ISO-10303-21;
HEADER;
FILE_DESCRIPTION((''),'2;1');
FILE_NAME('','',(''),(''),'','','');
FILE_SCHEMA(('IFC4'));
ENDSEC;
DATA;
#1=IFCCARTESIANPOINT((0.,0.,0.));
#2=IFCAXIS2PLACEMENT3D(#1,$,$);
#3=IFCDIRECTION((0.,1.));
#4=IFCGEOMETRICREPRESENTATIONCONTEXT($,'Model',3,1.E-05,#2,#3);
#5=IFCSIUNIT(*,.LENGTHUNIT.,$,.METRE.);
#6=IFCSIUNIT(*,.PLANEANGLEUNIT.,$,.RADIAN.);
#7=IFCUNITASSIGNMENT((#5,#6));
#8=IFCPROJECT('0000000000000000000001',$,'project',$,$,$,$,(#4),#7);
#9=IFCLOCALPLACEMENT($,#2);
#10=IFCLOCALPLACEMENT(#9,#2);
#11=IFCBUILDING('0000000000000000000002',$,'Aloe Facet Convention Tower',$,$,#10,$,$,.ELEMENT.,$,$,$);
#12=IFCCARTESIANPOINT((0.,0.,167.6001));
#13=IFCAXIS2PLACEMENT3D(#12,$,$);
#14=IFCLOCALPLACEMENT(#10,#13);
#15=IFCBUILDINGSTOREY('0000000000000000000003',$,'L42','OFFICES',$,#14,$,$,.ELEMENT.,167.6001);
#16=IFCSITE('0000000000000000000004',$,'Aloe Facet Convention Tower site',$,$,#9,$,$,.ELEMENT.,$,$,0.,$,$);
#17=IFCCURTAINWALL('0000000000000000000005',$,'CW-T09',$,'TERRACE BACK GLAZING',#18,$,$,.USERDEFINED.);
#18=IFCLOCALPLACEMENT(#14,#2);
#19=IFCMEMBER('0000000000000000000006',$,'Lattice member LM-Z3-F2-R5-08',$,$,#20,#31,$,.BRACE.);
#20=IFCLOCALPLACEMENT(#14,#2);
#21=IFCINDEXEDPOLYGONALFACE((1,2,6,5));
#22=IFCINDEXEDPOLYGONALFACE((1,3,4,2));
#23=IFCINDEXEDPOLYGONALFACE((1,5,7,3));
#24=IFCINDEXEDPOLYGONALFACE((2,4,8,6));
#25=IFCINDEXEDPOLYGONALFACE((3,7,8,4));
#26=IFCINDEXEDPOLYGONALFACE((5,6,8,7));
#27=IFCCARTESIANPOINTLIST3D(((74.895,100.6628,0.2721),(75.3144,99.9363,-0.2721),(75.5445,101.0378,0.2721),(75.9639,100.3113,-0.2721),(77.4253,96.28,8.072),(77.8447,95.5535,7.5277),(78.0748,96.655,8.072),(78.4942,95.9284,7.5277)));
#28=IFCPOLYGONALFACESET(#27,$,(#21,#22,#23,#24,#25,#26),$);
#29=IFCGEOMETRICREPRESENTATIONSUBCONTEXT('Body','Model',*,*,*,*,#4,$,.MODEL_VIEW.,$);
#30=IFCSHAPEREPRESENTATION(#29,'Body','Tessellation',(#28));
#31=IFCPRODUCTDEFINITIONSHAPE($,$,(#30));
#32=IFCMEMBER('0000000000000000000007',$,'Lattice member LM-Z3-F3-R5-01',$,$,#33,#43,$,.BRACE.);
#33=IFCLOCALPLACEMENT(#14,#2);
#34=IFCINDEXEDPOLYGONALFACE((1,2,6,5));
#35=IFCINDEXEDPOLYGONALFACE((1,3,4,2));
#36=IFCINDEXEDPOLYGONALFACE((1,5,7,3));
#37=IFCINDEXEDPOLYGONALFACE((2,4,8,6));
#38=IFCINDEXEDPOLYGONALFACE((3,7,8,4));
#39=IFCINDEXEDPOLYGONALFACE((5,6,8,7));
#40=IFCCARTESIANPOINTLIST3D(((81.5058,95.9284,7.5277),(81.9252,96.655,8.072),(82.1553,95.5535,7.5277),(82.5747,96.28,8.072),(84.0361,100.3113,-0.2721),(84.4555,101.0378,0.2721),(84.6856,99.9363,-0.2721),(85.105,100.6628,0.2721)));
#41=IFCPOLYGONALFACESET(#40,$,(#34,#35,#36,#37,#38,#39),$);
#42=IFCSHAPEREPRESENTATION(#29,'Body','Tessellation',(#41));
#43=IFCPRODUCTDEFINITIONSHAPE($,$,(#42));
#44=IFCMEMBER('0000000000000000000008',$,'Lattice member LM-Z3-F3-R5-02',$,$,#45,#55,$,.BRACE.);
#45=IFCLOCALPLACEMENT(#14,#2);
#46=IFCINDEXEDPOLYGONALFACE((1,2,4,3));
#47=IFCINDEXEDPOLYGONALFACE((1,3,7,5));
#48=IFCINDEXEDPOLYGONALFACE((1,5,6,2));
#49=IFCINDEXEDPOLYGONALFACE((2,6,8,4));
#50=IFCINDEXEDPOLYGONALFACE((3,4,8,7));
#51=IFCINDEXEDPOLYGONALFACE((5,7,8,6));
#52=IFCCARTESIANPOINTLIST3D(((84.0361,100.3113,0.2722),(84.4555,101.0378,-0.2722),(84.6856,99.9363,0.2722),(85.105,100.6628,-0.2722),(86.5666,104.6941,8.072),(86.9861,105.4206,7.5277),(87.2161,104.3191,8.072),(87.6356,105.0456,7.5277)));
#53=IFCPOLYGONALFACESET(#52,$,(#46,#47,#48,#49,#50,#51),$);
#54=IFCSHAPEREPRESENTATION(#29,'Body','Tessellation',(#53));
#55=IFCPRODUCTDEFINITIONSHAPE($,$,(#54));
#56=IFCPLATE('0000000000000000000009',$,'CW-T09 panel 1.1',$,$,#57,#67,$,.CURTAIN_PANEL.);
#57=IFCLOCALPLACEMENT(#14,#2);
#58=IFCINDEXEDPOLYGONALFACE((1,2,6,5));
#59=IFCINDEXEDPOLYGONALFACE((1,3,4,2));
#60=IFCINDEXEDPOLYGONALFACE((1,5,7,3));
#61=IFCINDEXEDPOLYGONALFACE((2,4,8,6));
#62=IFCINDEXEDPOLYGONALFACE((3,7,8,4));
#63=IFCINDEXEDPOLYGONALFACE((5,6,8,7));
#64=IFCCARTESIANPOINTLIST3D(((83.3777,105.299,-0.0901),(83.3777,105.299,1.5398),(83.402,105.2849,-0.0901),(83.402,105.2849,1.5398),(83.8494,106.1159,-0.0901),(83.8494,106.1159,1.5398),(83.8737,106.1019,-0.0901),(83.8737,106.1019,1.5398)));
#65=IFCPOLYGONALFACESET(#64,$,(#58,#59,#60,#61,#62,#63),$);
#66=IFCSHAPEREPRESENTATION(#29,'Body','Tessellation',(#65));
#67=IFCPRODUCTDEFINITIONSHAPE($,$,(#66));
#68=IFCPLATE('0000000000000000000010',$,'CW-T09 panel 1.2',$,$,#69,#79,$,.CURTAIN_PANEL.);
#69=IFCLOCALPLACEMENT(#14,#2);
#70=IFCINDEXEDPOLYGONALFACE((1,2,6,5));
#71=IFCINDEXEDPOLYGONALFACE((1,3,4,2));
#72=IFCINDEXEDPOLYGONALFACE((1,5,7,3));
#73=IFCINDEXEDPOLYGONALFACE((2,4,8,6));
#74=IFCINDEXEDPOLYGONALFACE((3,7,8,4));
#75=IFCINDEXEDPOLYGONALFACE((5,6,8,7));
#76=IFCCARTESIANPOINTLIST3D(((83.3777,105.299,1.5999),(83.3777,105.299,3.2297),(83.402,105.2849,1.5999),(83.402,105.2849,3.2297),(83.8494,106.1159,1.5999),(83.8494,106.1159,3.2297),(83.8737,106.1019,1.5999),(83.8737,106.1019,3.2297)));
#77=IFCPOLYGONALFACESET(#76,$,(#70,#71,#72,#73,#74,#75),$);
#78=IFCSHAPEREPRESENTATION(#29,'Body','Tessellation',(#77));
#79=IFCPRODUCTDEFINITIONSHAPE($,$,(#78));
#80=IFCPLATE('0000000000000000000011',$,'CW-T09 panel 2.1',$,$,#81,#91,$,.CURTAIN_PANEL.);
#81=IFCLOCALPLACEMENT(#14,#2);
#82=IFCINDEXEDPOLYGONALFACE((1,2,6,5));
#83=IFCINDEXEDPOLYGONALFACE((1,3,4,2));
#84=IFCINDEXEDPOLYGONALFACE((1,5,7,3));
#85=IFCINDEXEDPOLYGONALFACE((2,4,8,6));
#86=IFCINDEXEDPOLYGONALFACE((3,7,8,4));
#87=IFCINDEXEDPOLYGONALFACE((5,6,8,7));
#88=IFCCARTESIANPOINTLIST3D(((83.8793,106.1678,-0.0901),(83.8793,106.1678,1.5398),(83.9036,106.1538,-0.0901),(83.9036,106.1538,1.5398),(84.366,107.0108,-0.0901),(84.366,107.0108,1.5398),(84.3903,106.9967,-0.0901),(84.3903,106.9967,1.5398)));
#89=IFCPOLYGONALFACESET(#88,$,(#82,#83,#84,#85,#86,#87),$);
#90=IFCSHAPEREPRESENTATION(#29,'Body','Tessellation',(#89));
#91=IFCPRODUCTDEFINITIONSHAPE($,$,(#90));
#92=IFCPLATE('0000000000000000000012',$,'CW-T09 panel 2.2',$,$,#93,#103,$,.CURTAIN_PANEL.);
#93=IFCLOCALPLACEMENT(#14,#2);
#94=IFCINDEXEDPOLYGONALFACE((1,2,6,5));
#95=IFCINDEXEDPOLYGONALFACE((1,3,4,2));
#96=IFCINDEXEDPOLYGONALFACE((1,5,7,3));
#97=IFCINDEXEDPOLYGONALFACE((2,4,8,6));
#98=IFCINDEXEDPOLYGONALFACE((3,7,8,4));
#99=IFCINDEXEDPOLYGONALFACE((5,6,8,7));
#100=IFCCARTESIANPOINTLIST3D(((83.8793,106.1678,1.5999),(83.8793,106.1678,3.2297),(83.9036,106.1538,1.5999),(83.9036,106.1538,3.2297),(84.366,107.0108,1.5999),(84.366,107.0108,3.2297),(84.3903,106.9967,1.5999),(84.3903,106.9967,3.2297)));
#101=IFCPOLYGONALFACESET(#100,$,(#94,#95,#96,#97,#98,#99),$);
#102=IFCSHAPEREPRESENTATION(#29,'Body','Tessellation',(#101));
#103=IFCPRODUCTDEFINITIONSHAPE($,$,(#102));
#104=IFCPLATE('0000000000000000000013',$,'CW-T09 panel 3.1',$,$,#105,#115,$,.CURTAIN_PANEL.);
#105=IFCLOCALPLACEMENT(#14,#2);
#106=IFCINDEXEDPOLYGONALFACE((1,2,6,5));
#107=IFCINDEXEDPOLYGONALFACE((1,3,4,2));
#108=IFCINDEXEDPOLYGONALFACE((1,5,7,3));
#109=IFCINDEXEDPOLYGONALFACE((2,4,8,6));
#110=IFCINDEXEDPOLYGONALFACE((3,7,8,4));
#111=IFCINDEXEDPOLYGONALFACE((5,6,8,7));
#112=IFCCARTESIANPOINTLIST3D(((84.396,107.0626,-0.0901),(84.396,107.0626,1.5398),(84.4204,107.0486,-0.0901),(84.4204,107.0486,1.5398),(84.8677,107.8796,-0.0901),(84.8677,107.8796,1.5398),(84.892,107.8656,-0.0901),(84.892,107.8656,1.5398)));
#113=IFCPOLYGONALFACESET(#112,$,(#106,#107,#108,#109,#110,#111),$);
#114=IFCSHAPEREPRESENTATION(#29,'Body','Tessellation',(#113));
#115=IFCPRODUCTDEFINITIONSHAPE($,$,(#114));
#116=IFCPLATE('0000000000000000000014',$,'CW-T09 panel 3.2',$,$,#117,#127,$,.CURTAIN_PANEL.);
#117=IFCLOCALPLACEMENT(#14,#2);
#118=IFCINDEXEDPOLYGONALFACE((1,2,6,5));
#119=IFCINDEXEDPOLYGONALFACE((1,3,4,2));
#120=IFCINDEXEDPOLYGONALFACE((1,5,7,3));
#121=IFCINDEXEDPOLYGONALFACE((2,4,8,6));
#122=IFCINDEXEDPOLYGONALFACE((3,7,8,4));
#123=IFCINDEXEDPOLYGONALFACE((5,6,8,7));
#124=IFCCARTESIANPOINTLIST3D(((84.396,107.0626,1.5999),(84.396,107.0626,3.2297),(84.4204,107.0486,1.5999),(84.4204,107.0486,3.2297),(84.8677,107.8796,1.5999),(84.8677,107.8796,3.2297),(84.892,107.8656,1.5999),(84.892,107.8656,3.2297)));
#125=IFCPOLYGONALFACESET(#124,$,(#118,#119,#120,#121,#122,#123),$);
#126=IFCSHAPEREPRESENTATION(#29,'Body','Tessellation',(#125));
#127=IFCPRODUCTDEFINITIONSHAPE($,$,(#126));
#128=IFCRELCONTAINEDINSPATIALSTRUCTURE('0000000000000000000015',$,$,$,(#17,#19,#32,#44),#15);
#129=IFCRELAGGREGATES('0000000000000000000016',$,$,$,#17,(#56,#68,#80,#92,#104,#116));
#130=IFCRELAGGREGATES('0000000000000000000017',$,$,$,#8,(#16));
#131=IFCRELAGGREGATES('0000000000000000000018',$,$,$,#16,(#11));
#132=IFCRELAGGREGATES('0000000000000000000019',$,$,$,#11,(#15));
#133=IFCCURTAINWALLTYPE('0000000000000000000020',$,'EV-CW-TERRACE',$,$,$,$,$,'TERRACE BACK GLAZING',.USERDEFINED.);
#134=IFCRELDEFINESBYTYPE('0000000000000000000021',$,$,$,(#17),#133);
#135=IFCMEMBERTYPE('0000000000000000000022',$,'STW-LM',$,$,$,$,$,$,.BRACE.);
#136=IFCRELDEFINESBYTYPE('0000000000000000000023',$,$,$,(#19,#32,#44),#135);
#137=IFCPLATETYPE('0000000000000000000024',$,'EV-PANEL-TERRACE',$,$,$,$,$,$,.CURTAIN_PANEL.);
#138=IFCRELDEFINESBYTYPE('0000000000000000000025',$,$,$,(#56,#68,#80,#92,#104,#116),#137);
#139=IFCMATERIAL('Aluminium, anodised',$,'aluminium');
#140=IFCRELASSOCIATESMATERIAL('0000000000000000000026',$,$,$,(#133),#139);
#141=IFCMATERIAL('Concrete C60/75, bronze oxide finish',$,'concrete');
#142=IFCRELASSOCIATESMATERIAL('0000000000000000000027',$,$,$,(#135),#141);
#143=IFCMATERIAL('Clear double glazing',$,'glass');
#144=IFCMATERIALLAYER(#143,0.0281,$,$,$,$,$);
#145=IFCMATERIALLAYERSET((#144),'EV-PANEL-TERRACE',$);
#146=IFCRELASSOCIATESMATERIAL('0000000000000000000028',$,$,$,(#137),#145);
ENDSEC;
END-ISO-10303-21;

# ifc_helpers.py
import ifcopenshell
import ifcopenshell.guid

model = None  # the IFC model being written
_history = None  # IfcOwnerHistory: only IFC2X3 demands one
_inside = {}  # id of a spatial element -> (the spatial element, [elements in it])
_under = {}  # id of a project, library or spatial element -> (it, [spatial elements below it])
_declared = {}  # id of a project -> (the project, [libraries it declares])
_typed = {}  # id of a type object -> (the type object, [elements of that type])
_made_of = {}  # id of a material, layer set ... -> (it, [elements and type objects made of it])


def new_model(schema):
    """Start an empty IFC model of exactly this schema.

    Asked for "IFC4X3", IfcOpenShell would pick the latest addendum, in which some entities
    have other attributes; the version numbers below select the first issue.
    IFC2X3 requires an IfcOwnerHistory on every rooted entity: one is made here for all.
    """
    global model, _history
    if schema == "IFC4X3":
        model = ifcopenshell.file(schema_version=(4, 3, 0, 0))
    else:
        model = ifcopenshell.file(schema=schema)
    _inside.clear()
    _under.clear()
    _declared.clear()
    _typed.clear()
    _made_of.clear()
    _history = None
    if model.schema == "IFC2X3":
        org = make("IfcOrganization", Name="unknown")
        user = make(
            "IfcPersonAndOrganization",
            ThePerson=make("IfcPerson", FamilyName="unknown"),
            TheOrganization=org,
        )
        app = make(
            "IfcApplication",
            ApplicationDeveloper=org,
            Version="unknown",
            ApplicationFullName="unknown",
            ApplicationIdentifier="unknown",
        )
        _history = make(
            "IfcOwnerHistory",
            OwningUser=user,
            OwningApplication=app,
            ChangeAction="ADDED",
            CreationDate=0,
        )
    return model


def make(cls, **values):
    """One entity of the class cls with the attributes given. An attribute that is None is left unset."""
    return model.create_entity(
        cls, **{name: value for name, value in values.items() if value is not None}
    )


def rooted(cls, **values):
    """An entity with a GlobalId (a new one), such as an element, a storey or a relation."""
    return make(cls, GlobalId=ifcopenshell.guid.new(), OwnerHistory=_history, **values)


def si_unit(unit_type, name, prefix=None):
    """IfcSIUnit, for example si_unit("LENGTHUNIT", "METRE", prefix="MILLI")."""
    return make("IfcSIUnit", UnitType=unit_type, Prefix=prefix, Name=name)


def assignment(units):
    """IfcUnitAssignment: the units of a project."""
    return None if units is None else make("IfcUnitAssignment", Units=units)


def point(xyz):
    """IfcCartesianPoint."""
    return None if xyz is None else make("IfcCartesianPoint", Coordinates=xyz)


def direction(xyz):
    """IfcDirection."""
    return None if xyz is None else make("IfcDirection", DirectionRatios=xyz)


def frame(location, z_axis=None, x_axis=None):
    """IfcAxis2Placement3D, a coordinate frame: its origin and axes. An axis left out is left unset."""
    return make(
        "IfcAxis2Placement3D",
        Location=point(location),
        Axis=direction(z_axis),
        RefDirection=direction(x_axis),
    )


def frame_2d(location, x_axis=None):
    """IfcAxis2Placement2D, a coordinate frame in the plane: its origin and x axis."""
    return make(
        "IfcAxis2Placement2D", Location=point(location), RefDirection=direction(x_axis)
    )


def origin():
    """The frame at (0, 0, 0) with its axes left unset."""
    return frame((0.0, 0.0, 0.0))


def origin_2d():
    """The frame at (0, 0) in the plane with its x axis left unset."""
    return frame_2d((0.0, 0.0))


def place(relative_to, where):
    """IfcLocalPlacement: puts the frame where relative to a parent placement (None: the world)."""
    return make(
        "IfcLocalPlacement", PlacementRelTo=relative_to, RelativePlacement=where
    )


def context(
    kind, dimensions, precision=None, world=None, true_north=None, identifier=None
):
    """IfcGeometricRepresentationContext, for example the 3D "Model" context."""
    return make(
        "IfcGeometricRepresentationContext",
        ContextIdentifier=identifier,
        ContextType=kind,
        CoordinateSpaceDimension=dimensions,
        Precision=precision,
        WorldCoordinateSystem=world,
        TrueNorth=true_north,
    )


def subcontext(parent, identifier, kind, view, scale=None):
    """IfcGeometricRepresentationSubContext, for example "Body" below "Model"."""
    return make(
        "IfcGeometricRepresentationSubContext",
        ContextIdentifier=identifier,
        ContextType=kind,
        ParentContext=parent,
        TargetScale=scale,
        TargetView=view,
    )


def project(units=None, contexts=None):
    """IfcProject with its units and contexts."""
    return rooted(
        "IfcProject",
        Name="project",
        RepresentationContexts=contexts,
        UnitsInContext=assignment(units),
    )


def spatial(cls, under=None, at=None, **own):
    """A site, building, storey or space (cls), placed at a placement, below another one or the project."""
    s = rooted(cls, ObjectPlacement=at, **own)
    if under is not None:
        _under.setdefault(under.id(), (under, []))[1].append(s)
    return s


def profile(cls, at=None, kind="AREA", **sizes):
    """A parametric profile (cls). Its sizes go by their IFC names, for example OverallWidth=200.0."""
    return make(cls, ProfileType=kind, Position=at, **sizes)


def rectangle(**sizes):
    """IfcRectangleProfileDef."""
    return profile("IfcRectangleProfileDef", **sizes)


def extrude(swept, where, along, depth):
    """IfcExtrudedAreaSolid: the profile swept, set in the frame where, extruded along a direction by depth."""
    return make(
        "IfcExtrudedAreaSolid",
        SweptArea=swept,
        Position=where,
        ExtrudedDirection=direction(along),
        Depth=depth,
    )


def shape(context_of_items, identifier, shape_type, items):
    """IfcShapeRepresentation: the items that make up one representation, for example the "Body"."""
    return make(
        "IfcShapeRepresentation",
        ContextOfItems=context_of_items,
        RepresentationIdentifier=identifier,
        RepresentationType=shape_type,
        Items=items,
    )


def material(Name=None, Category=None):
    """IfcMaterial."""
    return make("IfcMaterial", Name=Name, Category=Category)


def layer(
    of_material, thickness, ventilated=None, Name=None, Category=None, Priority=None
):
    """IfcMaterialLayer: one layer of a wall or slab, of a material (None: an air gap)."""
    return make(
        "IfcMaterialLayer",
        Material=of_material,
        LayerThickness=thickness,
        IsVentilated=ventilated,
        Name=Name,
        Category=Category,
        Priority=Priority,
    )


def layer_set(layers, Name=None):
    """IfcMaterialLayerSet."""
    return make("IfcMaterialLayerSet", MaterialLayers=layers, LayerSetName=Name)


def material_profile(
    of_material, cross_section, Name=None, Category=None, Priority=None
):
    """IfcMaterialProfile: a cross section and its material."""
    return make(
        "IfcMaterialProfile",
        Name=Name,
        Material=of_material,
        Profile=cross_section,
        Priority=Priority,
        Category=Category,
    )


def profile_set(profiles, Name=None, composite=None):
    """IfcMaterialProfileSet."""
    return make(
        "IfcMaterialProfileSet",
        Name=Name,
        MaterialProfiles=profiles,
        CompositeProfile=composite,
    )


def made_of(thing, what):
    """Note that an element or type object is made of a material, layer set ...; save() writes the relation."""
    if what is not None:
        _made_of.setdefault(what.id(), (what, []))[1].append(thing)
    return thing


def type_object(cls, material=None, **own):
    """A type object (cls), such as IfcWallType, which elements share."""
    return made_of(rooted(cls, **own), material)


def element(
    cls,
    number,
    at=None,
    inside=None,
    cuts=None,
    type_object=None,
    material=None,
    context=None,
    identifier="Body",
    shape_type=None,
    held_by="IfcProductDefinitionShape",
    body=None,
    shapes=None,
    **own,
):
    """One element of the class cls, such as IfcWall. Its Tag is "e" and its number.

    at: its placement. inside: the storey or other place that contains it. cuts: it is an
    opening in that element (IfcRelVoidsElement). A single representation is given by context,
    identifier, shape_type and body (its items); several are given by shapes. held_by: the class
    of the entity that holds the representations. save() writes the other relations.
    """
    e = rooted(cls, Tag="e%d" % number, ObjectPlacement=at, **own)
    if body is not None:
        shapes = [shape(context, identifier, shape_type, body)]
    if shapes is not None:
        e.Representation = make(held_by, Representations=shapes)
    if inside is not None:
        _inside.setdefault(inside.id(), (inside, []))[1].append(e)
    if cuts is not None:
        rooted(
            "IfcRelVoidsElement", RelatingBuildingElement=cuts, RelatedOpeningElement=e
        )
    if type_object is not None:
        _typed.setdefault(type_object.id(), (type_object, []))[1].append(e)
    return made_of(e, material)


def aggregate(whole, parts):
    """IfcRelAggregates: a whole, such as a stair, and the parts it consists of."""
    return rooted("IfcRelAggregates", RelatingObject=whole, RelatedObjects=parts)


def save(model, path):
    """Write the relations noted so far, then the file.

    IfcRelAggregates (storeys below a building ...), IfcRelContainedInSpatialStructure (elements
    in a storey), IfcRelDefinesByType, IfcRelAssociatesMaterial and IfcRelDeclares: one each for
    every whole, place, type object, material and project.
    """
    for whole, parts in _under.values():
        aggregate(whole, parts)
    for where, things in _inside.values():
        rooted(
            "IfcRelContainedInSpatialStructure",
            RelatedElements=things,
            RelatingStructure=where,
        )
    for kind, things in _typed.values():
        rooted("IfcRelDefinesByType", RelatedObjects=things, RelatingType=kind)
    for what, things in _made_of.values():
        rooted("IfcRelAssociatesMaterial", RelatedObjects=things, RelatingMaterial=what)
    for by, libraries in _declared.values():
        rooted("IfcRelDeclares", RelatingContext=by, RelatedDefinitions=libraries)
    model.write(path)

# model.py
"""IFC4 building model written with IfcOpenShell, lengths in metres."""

from ifc_helpers import new_model, si_unit, direction, frame, origin, origin_2d, place, context, subcontext, project, spatial, rectangle, extrude, material, layer, layer_set, material_profile, profile_set, type_object, element, aggregate, save


model = new_model("IFC4")

# Units and contexts
model_context = context("Model", 3, precision=1e-05, world=origin(), true_north=direction((0.0, 1.0)))
body_context = subcontext(model_context, "Body", "Model", "MODEL_VIEW")
ifc_project = project(units=[si_unit("LENGTHUNIT", "METRE"), si_unit("PLANEANGLEUNIT", "RADIAN")], contexts=[model_context])

# Site, building, storey
site_placement = place(None, origin())
site = spatial("IfcSite", under=ifc_project, at=site_placement, Name="Aloe Facet Convention Tower site", CompositionType="ELEMENT", RefElevation=0.0)
building_placement = place(site_placement, origin())
building = spatial("IfcBuilding", under=site, at=building_placement, Name="Aloe Facet Convention Tower", CompositionType="ELEMENT")
storey_placement = place(building_placement, frame((0.0, 0.0, 167.6001)))
storey = spatial("IfcBuildingStorey", under=building, at=storey_placement, Name="L42", Description="OFFICES", CompositionType="ELEMENT", Elevation=167.6001)

# Curtain wall
ifc_material_1 = material(Name="Aluminium, anodised", Category="aluminium")
curtain_wall_type = type_object("IfcCurtainWallType", Name="EV-CW-TERRACE", ElementType="TERRACE BACK GLAZING", PredefinedType="USERDEFINED", material=ifc_material_1)
curtain_wall_placement = place(storey_placement, origin())
curtain_wall = element("IfcCurtainWall", 1, at=curtain_wall_placement, inside=storey, type_object=curtain_wall_type, Name="CW-T09", ObjectType="TERRACE BACK GLAZING", PredefinedType="USERDEFINED")

# Members
ifc_material_2 = material(Name="Concrete C60/75, bronze oxide finish", Category="concrete")
ifc_material_profile_1 = material_profile(ifc_material_2, rectangle(XDim=0.75, YDim=1.0, at=origin_2d()), Name="STW-LM")
ifc_profile_set_1 = profile_set([ifc_material_profile_1], Name="Concrete C60/75, bronze oxide finish")
member_type_1 = type_object("IfcMemberType", Name="STW-LM", PredefinedType="BRACE", material=ifc_profile_set_1)
for number, where, z_axis, x_axis, name in (
    (2, (75.4294, 100.4871, 0.0), (0.272138, -0.471384, 0.838891), (0.866038, 0.499979, 0.0), "Lattice member LM-Z3-F2-R5-08"),
    (3, (84.5706, 100.4871, 0.0), (-0.272138, -0.471384, 0.838891), (0.866038, -0.499979, 0.0), "Lattice member LM-Z3-F3-R5-01"),
    (4, (84.5706, 100.4871, 0.0), (0.272162, 0.47138, 0.838885), (-0.866017, 0.500015, 0.0), "Lattice member LM-Z3-F3-R5-02"),
):
    element("IfcMember", number, at=place(storey_placement, frame(where, z_axis=z_axis, x_axis=x_axis)), inside=storey, type_object=member_type_1, Name=name, PredefinedType="BRACE", context=body_context, shape_type="SweptSolid", body=[
        extrude(rectangle(XDim=0.75, YDim=1.0, at=origin_2d()), origin(), (0.0, 0.0, 1.0), 9.2979),
    ])

# Plates
ifc_material_3 = material(Name="Clear double glazing", Category="glass")
ifc_layer_1 = layer(ifc_material_3, 0.0281)
ifc_layer_set_1 = layer_set([ifc_layer_1], Name="EV-PANEL-TERRACE")
plate_type = type_object("IfcPlateType", Name="EV-PANEL-TERRACE", PredefinedType="CURTAIN_PANEL", material=ifc_layer_set_1)
plate_1_placement = place(storey_placement, frame((83.6257, 105.7004, -0.0901), z_axis=(0.0, 0.0, 1.0), x_axis=(0.5, 0.866025, 0.0)))
plate_1 = element("IfcPlate", 5, at=plate_1_placement, type_object=plate_type, Name="CW-T09 panel 1.1", PredefinedType="CURTAIN_PANEL", context=body_context, shape_type="SweptSolid", body=[
    extrude(rectangle(XDim=0.9434, YDim=0.0281, at=origin_2d()), origin(), (0.0, 0.0, 1.0), 1.6299),
])
plate_2_placement = place(storey_placement, frame((83.6257, 105.7004, 1.5999), z_axis=(0.0, 0.0, 1.0), x_axis=(0.5, 0.866025, 0.0)))
plate_2 = element("IfcPlate", 6, at=plate_2_placement, type_object=plate_type, Name="CW-T09 panel 1.2", PredefinedType="CURTAIN_PANEL", context=body_context, shape_type="SweptSolid", body=[
    extrude(rectangle(XDim=0.9434, YDim=0.0281, at=origin_2d()), origin(), (0.0, 0.0, 1.0), 1.6299),
])
plate_3_placement = place(storey_placement, frame((84.1348, 106.5823, -0.0901), z_axis=(0.0, 0.0, 1.0), x_axis=(0.5, 0.866025, 0.0)))
plate_3 = element("IfcPlate", 7, at=plate_3_placement, type_object=plate_type, Name="CW-T09 panel 2.1", PredefinedType="CURTAIN_PANEL", context=body_context, shape_type="SweptSolid", body=[
    extrude(rectangle(XDim=0.9734, YDim=0.0281, at=origin_2d()), origin(), (0.0, 0.0, 1.0), 1.6299),
])
plate_4_placement = place(storey_placement, frame((84.1348, 106.5823, 1.5999), z_axis=(0.0, 0.0, 1.0), x_axis=(0.5, 0.866025, 0.0)))
plate_4 = element("IfcPlate", 8, at=plate_4_placement, type_object=plate_type, Name="CW-T09 panel 2.2", PredefinedType="CURTAIN_PANEL", context=body_context, shape_type="SweptSolid", body=[
    extrude(rectangle(XDim=0.9734, YDim=0.0281, at=origin_2d()), origin(), (0.0, 0.0, 1.0), 1.6299),
])
plate_5_placement = place(storey_placement, frame((84.644, 107.4641, -0.0901), z_axis=(0.0, 0.0, 1.0), x_axis=(0.5, 0.866025, 0.0)))
plate_5 = element("IfcPlate", 9, at=plate_5_placement, type_object=plate_type, Name="CW-T09 panel 3.1", PredefinedType="CURTAIN_PANEL", context=body_context, shape_type="SweptSolid", body=[
    extrude(rectangle(XDim=0.9434, YDim=0.0281, at=origin_2d()), origin(), (0.0, 0.0, 1.0), 1.6299),
])
plate_6_placement = place(storey_placement, frame((84.644, 107.4641, 1.5999), z_axis=(0.0, 0.0, 1.0), x_axis=(0.5, 0.866025, 0.0)))
plate_6 = element("IfcPlate", 10, at=plate_6_placement, type_object=plate_type, Name="CW-T09 panel 3.2", PredefinedType="CURTAIN_PANEL", context=body_context, shape_type="SweptSolid", body=[
    extrude(rectangle(XDim=0.9434, YDim=0.0281, at=origin_2d()), origin(), (0.0, 0.0, 1.0), 1.6299),
])
aggregate(curtain_wall, [plate_1, plate_2, plate_3, plate_4, plate_5, plate_6])

save(model, "model.ifc")
